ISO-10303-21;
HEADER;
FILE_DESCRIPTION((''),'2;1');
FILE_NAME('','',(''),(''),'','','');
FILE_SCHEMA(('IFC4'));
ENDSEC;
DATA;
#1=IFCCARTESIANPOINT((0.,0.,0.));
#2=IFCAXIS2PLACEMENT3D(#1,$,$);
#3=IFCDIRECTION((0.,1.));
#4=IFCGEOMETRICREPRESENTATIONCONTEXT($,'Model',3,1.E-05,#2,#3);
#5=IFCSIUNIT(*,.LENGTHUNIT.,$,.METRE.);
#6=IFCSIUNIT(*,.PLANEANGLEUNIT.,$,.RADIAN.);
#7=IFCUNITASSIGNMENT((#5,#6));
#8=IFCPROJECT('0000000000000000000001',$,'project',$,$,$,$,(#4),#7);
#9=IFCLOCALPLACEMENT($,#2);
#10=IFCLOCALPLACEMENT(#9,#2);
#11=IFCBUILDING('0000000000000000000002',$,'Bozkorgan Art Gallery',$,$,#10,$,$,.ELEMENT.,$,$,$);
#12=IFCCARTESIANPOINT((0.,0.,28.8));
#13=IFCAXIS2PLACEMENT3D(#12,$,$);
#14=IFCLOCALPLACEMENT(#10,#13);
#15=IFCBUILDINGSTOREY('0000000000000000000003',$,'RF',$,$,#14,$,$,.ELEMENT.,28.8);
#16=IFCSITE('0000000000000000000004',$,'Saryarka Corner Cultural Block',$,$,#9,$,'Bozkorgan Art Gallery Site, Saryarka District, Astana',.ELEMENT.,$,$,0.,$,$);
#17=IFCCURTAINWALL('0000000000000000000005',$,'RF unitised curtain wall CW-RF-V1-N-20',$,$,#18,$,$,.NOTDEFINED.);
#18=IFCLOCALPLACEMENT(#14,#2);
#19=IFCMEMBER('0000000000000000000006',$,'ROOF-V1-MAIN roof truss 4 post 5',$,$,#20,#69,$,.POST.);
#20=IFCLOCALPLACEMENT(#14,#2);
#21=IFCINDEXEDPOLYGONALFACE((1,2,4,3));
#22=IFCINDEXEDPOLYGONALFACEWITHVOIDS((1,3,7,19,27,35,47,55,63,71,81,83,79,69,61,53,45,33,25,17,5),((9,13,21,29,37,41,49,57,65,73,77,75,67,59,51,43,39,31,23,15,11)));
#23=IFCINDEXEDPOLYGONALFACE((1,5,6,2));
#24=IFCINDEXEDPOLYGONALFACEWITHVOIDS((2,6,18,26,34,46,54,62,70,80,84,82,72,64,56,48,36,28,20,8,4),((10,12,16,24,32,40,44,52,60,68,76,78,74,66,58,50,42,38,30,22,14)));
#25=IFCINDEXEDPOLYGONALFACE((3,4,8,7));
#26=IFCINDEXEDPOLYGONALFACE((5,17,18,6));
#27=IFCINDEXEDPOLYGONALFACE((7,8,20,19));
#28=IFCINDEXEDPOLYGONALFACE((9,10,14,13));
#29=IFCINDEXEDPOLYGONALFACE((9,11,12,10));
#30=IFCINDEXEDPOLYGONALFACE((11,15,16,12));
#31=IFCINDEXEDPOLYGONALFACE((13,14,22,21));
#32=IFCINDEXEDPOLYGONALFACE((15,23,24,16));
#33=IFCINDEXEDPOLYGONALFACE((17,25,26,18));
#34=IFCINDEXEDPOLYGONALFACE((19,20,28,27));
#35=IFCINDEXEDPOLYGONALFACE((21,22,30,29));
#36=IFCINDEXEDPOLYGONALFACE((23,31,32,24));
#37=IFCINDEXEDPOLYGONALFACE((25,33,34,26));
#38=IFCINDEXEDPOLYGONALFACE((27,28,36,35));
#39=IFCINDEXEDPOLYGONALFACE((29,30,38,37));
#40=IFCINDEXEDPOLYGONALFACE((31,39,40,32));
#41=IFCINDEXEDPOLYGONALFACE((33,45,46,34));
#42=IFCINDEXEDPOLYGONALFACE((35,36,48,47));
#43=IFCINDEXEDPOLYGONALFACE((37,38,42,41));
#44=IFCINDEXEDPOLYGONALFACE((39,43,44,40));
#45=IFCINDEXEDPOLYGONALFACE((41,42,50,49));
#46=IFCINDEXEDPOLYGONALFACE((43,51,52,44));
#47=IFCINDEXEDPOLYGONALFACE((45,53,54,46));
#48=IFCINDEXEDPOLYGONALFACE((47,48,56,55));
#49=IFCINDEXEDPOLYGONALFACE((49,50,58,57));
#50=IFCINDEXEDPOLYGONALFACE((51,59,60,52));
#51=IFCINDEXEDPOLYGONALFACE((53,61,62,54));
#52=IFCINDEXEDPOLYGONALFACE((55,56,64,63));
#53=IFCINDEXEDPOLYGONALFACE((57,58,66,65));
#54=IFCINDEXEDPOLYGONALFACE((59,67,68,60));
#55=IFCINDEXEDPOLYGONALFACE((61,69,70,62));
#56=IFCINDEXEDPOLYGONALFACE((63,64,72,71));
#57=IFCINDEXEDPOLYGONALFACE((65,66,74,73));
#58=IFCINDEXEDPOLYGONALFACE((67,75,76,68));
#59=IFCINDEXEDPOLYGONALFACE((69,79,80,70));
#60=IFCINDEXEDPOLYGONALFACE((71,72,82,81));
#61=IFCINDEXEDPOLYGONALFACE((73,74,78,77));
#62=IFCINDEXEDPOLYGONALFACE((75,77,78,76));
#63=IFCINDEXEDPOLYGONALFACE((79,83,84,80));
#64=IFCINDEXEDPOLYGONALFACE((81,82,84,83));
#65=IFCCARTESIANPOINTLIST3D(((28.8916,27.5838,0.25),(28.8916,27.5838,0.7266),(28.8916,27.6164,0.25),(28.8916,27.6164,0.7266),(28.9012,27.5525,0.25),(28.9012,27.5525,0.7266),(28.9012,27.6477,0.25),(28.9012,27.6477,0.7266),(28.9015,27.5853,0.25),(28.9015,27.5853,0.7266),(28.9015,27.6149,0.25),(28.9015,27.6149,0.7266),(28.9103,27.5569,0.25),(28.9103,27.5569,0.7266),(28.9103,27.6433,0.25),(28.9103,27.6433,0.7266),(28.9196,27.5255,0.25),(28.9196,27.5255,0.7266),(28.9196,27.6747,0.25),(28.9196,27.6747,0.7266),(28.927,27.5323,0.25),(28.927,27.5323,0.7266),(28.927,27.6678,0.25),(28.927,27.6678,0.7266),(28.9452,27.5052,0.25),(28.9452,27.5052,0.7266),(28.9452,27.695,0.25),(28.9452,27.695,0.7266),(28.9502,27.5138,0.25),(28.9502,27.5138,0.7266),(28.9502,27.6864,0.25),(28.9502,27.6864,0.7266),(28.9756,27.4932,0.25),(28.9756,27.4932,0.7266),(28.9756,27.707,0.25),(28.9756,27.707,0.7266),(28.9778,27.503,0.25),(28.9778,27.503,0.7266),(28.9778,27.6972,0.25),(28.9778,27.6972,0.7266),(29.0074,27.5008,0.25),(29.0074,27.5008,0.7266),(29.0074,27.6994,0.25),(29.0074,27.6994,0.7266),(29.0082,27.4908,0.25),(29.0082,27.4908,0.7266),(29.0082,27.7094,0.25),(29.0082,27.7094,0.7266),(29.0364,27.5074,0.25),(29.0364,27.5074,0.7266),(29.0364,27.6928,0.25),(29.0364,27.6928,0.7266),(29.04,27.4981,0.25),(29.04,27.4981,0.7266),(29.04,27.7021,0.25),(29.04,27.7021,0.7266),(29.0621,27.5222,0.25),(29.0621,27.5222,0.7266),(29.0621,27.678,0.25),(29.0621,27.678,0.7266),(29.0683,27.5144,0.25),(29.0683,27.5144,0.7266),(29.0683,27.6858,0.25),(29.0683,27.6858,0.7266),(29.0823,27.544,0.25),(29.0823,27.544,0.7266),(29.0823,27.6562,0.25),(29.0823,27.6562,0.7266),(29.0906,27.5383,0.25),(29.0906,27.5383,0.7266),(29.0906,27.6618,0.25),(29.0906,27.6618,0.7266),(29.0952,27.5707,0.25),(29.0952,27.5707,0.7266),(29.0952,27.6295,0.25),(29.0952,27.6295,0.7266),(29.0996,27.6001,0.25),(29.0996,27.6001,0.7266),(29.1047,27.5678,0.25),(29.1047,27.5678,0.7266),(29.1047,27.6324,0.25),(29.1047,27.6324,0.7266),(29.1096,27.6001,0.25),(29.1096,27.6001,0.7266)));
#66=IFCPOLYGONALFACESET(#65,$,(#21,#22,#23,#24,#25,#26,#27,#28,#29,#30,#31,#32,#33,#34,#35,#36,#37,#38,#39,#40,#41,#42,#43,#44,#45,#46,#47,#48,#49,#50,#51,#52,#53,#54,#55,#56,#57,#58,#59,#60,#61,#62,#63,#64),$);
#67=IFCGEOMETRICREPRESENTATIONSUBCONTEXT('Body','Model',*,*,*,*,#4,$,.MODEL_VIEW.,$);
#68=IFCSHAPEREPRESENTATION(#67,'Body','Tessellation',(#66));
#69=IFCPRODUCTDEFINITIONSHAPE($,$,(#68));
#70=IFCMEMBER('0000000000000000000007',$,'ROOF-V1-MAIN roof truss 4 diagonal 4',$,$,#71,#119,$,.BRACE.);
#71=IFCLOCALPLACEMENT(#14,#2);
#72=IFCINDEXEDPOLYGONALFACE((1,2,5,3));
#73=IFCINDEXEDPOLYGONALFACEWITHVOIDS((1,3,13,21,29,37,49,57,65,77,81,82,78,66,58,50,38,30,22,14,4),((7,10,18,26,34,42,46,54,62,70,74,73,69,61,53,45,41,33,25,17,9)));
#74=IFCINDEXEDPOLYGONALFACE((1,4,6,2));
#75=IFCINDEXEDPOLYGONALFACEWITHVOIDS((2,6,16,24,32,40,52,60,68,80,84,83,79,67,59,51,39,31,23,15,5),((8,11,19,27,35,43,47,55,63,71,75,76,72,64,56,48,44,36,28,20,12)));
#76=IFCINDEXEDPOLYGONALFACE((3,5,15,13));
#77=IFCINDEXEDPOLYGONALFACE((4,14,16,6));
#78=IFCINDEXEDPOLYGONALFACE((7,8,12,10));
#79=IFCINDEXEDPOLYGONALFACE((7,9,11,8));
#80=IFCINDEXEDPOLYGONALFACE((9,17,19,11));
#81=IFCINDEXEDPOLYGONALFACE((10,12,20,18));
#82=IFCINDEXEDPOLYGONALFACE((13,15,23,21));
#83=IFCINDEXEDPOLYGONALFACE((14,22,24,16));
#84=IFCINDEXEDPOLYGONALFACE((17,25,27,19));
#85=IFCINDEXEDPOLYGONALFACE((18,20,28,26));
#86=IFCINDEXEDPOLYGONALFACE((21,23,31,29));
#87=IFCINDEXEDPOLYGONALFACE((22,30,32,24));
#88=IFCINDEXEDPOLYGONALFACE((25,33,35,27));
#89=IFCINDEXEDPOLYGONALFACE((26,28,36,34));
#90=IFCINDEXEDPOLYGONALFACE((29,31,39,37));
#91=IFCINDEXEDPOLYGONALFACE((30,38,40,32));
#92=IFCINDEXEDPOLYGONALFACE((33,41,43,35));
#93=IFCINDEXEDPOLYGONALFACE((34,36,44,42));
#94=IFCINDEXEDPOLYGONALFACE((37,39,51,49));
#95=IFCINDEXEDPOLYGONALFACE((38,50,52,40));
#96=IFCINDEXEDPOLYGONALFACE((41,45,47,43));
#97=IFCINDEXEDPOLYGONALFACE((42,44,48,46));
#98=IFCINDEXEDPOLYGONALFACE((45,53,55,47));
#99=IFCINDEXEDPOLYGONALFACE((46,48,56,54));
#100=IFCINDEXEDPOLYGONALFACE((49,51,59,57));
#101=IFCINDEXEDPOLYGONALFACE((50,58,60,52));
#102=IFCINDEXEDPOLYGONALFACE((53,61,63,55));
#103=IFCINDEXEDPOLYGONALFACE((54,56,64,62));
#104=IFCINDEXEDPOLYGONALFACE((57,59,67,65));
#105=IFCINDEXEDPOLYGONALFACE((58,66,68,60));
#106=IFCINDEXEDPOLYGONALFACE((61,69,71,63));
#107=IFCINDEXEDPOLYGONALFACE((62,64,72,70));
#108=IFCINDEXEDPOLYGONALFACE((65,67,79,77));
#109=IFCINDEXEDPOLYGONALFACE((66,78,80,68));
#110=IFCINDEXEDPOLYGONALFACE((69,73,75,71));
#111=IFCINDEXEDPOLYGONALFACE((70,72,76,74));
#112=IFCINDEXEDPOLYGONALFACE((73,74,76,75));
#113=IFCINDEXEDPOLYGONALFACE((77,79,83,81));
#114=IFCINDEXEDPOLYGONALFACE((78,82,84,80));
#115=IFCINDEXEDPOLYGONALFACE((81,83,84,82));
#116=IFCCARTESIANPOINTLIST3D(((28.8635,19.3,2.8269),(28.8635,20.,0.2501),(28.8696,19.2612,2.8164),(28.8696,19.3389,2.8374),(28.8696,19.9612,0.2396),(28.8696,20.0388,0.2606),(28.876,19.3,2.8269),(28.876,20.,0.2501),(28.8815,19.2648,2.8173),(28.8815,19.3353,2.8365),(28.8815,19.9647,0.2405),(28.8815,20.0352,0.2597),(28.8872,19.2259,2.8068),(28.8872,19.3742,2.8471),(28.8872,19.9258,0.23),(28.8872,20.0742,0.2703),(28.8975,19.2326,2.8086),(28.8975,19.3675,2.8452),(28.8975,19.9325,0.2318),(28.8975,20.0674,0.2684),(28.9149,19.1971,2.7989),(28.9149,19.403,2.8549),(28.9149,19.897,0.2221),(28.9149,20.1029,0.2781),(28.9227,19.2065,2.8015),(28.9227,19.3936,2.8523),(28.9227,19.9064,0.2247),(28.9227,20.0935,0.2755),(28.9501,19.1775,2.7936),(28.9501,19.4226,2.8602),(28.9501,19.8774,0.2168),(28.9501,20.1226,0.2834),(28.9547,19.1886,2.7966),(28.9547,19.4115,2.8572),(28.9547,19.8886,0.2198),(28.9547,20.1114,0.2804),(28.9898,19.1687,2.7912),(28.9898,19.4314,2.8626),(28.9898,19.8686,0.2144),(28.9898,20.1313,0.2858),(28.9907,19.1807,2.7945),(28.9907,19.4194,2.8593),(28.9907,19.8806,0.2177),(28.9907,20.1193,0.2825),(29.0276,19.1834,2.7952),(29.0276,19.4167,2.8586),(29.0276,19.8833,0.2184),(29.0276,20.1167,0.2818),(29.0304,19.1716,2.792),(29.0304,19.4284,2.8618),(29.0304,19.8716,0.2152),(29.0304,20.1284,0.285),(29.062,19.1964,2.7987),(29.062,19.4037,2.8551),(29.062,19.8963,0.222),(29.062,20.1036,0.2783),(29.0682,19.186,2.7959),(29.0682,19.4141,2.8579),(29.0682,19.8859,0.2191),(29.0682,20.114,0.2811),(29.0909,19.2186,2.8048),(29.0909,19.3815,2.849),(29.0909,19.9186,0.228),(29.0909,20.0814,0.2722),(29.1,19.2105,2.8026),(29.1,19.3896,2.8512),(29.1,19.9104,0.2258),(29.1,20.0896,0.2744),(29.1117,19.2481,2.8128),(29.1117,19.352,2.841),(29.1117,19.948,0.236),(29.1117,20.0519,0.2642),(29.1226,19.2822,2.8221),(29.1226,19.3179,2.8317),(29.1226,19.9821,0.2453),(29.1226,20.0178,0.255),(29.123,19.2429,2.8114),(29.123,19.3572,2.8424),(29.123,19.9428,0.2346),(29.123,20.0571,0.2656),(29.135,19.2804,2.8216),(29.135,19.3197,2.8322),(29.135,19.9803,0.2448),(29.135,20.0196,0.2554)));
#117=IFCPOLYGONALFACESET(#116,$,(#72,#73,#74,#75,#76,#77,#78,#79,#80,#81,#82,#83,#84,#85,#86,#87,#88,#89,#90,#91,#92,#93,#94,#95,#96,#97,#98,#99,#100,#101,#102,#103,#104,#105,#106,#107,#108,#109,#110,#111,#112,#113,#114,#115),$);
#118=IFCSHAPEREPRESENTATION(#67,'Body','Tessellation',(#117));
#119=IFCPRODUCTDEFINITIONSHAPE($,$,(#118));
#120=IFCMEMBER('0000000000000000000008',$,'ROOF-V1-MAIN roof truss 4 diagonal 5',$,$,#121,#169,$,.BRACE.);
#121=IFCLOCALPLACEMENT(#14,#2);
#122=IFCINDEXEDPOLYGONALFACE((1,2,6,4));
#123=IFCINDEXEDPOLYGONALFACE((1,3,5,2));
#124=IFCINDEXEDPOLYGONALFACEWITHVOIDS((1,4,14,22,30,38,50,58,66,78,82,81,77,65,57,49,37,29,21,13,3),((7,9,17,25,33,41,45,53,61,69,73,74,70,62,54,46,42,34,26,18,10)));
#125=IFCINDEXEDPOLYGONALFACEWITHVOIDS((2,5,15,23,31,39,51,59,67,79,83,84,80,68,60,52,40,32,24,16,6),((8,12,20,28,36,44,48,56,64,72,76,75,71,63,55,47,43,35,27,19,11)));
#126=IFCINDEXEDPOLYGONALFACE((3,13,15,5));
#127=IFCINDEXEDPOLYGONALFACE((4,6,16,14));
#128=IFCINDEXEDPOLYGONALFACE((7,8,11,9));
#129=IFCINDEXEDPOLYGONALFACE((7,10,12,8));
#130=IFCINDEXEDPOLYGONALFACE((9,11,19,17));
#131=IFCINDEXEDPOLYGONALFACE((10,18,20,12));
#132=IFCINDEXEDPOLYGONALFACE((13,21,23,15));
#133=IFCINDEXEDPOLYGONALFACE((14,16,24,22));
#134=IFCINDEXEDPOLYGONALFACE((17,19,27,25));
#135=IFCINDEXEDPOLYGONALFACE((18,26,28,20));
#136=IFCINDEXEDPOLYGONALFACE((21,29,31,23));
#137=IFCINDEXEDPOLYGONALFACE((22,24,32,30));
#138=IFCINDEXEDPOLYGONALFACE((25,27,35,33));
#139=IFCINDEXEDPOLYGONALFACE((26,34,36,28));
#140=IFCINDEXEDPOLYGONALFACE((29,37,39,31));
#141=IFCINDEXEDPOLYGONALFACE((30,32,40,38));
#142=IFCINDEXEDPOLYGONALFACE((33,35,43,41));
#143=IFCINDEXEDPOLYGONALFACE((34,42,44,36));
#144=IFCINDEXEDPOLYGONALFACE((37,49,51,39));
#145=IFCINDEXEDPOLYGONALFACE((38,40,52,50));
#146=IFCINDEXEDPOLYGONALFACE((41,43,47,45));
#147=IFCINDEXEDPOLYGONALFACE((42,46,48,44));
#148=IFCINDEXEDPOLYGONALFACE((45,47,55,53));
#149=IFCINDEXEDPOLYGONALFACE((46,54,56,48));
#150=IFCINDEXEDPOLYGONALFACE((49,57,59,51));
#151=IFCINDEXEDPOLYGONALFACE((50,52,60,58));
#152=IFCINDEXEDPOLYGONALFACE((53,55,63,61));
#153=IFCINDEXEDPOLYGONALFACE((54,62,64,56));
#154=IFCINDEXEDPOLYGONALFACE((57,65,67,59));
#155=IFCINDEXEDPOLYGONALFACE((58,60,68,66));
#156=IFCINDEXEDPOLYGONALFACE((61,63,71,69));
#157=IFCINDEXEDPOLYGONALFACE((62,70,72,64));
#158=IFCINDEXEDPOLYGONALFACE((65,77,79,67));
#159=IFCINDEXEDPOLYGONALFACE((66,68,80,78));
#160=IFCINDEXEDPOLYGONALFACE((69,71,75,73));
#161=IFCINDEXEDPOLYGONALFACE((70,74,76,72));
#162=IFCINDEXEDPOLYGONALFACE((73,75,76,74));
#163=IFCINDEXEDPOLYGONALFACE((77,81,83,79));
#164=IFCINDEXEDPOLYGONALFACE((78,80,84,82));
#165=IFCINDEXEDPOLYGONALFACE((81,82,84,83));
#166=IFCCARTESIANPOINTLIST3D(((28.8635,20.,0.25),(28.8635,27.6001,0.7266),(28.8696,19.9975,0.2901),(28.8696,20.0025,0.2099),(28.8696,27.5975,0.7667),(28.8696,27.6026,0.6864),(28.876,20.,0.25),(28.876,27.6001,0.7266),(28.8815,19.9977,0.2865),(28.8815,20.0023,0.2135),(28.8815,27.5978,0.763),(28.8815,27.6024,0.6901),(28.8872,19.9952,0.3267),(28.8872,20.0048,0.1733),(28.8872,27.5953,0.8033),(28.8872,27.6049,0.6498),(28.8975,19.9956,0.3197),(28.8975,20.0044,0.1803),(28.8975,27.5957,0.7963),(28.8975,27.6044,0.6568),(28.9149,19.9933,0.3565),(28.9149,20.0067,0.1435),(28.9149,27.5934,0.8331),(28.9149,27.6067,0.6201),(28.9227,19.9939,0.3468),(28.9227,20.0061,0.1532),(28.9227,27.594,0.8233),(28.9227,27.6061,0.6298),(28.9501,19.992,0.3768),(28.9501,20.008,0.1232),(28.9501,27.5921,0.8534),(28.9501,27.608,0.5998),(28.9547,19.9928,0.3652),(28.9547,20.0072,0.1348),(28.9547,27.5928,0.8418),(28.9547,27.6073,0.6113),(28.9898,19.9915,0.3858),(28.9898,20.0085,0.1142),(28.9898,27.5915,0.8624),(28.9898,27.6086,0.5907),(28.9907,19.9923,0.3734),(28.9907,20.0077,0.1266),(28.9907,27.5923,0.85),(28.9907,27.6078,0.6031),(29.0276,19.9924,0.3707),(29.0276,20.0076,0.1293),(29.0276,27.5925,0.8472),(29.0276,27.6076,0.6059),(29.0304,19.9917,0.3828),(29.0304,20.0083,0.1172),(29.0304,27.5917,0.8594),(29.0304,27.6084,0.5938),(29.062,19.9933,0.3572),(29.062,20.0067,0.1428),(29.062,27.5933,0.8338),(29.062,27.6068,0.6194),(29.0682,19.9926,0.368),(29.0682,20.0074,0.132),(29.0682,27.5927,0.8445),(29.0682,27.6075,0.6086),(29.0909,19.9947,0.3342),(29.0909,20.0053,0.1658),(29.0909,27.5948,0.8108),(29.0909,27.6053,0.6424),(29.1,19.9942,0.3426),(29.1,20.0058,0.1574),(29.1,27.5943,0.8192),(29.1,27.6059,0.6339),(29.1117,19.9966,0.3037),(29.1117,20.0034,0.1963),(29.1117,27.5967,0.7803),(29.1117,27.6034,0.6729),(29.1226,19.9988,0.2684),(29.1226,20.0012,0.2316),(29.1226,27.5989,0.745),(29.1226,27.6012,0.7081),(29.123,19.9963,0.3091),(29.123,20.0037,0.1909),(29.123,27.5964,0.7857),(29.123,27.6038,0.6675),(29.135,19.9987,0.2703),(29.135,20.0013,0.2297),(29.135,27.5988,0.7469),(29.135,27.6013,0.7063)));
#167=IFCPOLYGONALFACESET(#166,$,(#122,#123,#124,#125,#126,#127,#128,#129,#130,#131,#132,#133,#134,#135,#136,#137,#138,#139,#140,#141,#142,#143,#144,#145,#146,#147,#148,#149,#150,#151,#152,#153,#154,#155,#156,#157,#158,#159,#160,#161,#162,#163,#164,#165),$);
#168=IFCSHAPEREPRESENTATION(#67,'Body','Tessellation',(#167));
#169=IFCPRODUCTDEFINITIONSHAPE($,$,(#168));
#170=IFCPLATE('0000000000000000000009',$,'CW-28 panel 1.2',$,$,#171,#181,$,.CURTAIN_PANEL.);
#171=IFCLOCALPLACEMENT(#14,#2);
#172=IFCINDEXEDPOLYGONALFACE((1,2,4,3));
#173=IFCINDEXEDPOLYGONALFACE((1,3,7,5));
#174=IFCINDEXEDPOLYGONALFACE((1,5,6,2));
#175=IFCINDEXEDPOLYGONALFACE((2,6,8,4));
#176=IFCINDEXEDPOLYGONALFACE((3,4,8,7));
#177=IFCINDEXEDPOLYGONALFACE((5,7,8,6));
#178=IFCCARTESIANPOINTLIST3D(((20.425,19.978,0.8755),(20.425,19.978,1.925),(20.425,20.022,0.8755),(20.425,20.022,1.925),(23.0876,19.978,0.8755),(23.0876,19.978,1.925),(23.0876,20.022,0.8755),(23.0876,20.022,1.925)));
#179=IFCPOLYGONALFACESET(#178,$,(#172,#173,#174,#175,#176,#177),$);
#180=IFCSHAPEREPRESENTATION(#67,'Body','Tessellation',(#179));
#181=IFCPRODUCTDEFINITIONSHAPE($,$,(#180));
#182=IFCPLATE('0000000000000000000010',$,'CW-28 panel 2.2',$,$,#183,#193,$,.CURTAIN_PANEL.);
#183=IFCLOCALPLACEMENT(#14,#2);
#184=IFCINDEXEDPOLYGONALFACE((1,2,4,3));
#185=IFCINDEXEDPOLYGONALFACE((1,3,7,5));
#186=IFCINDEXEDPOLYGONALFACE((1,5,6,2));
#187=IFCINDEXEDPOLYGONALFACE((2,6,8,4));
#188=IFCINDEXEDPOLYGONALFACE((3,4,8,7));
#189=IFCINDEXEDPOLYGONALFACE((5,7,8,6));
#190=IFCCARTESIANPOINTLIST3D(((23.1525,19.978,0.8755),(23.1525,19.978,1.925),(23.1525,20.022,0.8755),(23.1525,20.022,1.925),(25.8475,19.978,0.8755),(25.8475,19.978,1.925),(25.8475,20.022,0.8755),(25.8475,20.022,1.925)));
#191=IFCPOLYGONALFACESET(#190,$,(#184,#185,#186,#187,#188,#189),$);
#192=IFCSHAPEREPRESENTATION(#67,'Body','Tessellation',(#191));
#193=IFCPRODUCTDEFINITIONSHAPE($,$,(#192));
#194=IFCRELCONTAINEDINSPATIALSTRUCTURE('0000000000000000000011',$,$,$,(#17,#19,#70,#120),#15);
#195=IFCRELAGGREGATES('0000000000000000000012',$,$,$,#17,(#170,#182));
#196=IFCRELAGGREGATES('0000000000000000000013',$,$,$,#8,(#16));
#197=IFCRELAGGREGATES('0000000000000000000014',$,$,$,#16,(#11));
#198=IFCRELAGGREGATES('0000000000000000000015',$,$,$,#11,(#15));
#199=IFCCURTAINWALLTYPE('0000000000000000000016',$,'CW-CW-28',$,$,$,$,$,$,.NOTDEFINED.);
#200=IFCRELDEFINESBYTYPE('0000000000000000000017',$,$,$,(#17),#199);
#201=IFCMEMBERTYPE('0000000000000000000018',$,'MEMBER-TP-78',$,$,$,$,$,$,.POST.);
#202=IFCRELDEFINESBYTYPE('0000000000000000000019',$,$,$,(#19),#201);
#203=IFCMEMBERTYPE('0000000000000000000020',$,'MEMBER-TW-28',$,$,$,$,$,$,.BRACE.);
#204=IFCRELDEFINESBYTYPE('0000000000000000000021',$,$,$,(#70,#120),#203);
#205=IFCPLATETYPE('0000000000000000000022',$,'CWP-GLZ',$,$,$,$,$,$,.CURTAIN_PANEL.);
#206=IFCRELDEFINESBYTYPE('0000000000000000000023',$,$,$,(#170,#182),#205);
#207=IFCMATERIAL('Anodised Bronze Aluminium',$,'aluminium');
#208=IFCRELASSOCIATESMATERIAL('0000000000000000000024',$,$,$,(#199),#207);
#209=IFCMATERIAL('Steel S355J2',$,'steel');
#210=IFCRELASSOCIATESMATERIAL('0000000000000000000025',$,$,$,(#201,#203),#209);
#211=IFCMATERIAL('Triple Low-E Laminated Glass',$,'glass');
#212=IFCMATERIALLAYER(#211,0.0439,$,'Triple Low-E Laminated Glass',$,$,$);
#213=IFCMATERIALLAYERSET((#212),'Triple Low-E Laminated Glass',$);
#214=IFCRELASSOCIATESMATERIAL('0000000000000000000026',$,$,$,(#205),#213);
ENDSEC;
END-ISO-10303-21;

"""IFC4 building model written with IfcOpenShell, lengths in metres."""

from ifc_helpers import new_model, si_unit, direction, frame, origin, origin_2d, place, context, subcontext, project, spatial, rectangle, hollow_circle, extrude, material, layer, layer_set, material_profile, profile_set, type_object, element, aggregate, save


model = new_model("IFC4")

# Units and contexts
model_context = context("Model", 3, precision=1e-05, world=origin(), true_north=direction((0.0, 1.0)))
body_context = subcontext(model_context, "Body", "Model", "MODEL_VIEW")
ifc_project = project(units=[si_unit("LENGTHUNIT", "METRE"), si_unit("PLANEANGLEUNIT", "RADIAN")], contexts=[model_context])

# Site, building, storey
site_placement = place(None, origin())
site = spatial("IfcSite", under=ifc_project, at=site_placement, Name="Saryarka Corner Cultural Block", LongName="Bozkorgan Art Gallery Site, Saryarka District, Astana", CompositionType="ELEMENT", RefElevation=0.0)
building_placement = place(site_placement, origin())
building = spatial("IfcBuilding", under=site, at=building_placement, Name="Bozkorgan Art Gallery", CompositionType="ELEMENT")
storey_placement = place(building_placement, frame((0.0, 0.0, 28.8)))
storey = spatial("IfcBuildingStorey", under=building, at=storey_placement, Name="RF", CompositionType="ELEMENT", Elevation=28.8)

# Curtain wall
ifc_material_1 = material(Name="Anodised Bronze Aluminium", Category="aluminium")
curtain_wall_type = type_object("IfcCurtainWallType", Name="CW-CW-28", PredefinedType="NOTDEFINED", material=ifc_material_1)
curtain_wall_1_placement = place(storey_placement, origin())
curtain_wall_1 = element("IfcCurtainWall", 1, at=curtain_wall_1_placement, inside=storey, type_object=curtain_wall_type, Name="RF unitised curtain wall CW-RF-V1-N-20", PredefinedType="NOTDEFINED")

# Members
ifc_material_2 = material(Name="Steel S355J2", Category="steel")
ifc_material_profile_1 = material_profile(ifc_material_2, hollow_circle(Radius=0.1096, WallThickness=0.01, at=origin_2d()), Name="CHS 219.1x10")
ifc_profile_set_1 = profile_set([ifc_material_profile_1], Name="Steel S355J2")
member_type_1 = type_object("IfcMemberType", Name="MEMBER-TP-78", PredefinedType="POST", material=ifc_profile_set_1)
member_1_placement = place(storey_placement, frame((29.0, 27.6001, 0.25), z_axis=(0.0, 0.0, 1.0), x_axis=(1.0, 0.0, 0.0)))
element("IfcMember", 2, at=member_1_placement, inside=storey, type_object=member_type_1, Name="ROOF-V1-MAIN roof truss 4 post 5", PredefinedType="POST", context=body_context, shape_type="SweptSolid", body=[
    extrude(hollow_circle(Radius=0.1096, WallThickness=0.01, at=origin_2d()), origin(), (0.0, 0.0, 1.0), 0.4766),
])
ifc_material_profile_2 = material_profile(ifc_material_2, hollow_circle(Radius=0.1365, WallThickness=0.0125, at=origin_2d()), Name="CHS 273x12.5")
ifc_profile_set_2 = profile_set([ifc_material_profile_2], Name="Steel S355J2")
member_type_2 = type_object("IfcMemberType", Name="MEMBER-TW-28", PredefinedType="BRACE", material=ifc_profile_set_2)
member_2_placement = place(storey_placement, frame((29.0, 19.3, 2.8269), z_axis=(0.0, 0.262127, -0.965033), x_axis=(-1.0, 0.0, 0.0)))
element("IfcMember", 3, at=member_2_placement, inside=storey, type_object=member_type_2, Name="ROOF-V1-MAIN roof truss 4 diagonal 4", PredefinedType="BRACE", context=body_context, shape_type="SweptSolid", body=[
    extrude(hollow_circle(Radius=0.1365, WallThickness=0.0125, at=origin_2d()), origin(), (0.0, 0.0, 1.0), 2.6702),
])
member_3_placement = place(storey_placement, frame((29.0, 20.0, 0.25), z_axis=(0.0, 0.99804, 0.062582), x_axis=(-1.0, 0.0, 0.0)))
element("IfcMember", 4, at=member_3_placement, inside=storey, type_object=member_type_2, Name="ROOF-V1-MAIN roof truss 4 diagonal 5", PredefinedType="BRACE", context=body_context, shape_type="SweptSolid", body=[
    extrude(hollow_circle(Radius=0.1365, WallThickness=0.0125, at=origin_2d()), origin(), (0.0, 0.0, 1.0), 7.615),
])

# Plates
ifc_material_3 = material(Name="Triple Low-E Laminated Glass", Category="glass")
ifc_layer_1 = layer(ifc_material_3, 0.0439, Name="Triple Low-E Laminated Glass")
ifc_layer_set_1 = layer_set([ifc_layer_1], Name="Triple Low-E Laminated Glass")
plate_type_1 = type_object("IfcPlateType", Name="CWP-GLZ", PredefinedType="CURTAIN_PANEL", material=ifc_layer_set_1)
plate_1_placement = place(storey_placement, frame((21.7563, 20.0, 0.8755), z_axis=(0.0, 0.0, 1.0), x_axis=(1.0, 0.0, 0.0)))
plate_1 = element("IfcPlate", 5, at=plate_1_placement, type_object=plate_type_1, Name="CW-28 panel 1.2", PredefinedType="CURTAIN_PANEL", context=body_context, shape_type="SweptSolid", body=[
    extrude(rectangle(XDim=2.6626, YDim=0.0439, at=origin_2d()), origin(), (0.0, 0.0, 1.0), 1.0496),
])
plate_2_placement = place(storey_placement, frame((24.5, 20.0, 0.8755), z_axis=(0.0, 0.0, 1.0), x_axis=(1.0, 0.0, 0.0)))
plate_2 = element("IfcPlate", 6, at=plate_2_placement, type_object=plate_type_1, Name="CW-28 panel 2.2", PredefinedType="CURTAIN_PANEL", context=body_context, shape_type="SweptSolid", body=[
    extrude(rectangle(XDim=2.6951, YDim=0.0439, at=origin_2d()), origin(), (0.0, 0.0, 1.0), 1.0496),
])
aggregate(curtain_wall_1, [plate_1, plate_2])

save(model, "model.ifc")
